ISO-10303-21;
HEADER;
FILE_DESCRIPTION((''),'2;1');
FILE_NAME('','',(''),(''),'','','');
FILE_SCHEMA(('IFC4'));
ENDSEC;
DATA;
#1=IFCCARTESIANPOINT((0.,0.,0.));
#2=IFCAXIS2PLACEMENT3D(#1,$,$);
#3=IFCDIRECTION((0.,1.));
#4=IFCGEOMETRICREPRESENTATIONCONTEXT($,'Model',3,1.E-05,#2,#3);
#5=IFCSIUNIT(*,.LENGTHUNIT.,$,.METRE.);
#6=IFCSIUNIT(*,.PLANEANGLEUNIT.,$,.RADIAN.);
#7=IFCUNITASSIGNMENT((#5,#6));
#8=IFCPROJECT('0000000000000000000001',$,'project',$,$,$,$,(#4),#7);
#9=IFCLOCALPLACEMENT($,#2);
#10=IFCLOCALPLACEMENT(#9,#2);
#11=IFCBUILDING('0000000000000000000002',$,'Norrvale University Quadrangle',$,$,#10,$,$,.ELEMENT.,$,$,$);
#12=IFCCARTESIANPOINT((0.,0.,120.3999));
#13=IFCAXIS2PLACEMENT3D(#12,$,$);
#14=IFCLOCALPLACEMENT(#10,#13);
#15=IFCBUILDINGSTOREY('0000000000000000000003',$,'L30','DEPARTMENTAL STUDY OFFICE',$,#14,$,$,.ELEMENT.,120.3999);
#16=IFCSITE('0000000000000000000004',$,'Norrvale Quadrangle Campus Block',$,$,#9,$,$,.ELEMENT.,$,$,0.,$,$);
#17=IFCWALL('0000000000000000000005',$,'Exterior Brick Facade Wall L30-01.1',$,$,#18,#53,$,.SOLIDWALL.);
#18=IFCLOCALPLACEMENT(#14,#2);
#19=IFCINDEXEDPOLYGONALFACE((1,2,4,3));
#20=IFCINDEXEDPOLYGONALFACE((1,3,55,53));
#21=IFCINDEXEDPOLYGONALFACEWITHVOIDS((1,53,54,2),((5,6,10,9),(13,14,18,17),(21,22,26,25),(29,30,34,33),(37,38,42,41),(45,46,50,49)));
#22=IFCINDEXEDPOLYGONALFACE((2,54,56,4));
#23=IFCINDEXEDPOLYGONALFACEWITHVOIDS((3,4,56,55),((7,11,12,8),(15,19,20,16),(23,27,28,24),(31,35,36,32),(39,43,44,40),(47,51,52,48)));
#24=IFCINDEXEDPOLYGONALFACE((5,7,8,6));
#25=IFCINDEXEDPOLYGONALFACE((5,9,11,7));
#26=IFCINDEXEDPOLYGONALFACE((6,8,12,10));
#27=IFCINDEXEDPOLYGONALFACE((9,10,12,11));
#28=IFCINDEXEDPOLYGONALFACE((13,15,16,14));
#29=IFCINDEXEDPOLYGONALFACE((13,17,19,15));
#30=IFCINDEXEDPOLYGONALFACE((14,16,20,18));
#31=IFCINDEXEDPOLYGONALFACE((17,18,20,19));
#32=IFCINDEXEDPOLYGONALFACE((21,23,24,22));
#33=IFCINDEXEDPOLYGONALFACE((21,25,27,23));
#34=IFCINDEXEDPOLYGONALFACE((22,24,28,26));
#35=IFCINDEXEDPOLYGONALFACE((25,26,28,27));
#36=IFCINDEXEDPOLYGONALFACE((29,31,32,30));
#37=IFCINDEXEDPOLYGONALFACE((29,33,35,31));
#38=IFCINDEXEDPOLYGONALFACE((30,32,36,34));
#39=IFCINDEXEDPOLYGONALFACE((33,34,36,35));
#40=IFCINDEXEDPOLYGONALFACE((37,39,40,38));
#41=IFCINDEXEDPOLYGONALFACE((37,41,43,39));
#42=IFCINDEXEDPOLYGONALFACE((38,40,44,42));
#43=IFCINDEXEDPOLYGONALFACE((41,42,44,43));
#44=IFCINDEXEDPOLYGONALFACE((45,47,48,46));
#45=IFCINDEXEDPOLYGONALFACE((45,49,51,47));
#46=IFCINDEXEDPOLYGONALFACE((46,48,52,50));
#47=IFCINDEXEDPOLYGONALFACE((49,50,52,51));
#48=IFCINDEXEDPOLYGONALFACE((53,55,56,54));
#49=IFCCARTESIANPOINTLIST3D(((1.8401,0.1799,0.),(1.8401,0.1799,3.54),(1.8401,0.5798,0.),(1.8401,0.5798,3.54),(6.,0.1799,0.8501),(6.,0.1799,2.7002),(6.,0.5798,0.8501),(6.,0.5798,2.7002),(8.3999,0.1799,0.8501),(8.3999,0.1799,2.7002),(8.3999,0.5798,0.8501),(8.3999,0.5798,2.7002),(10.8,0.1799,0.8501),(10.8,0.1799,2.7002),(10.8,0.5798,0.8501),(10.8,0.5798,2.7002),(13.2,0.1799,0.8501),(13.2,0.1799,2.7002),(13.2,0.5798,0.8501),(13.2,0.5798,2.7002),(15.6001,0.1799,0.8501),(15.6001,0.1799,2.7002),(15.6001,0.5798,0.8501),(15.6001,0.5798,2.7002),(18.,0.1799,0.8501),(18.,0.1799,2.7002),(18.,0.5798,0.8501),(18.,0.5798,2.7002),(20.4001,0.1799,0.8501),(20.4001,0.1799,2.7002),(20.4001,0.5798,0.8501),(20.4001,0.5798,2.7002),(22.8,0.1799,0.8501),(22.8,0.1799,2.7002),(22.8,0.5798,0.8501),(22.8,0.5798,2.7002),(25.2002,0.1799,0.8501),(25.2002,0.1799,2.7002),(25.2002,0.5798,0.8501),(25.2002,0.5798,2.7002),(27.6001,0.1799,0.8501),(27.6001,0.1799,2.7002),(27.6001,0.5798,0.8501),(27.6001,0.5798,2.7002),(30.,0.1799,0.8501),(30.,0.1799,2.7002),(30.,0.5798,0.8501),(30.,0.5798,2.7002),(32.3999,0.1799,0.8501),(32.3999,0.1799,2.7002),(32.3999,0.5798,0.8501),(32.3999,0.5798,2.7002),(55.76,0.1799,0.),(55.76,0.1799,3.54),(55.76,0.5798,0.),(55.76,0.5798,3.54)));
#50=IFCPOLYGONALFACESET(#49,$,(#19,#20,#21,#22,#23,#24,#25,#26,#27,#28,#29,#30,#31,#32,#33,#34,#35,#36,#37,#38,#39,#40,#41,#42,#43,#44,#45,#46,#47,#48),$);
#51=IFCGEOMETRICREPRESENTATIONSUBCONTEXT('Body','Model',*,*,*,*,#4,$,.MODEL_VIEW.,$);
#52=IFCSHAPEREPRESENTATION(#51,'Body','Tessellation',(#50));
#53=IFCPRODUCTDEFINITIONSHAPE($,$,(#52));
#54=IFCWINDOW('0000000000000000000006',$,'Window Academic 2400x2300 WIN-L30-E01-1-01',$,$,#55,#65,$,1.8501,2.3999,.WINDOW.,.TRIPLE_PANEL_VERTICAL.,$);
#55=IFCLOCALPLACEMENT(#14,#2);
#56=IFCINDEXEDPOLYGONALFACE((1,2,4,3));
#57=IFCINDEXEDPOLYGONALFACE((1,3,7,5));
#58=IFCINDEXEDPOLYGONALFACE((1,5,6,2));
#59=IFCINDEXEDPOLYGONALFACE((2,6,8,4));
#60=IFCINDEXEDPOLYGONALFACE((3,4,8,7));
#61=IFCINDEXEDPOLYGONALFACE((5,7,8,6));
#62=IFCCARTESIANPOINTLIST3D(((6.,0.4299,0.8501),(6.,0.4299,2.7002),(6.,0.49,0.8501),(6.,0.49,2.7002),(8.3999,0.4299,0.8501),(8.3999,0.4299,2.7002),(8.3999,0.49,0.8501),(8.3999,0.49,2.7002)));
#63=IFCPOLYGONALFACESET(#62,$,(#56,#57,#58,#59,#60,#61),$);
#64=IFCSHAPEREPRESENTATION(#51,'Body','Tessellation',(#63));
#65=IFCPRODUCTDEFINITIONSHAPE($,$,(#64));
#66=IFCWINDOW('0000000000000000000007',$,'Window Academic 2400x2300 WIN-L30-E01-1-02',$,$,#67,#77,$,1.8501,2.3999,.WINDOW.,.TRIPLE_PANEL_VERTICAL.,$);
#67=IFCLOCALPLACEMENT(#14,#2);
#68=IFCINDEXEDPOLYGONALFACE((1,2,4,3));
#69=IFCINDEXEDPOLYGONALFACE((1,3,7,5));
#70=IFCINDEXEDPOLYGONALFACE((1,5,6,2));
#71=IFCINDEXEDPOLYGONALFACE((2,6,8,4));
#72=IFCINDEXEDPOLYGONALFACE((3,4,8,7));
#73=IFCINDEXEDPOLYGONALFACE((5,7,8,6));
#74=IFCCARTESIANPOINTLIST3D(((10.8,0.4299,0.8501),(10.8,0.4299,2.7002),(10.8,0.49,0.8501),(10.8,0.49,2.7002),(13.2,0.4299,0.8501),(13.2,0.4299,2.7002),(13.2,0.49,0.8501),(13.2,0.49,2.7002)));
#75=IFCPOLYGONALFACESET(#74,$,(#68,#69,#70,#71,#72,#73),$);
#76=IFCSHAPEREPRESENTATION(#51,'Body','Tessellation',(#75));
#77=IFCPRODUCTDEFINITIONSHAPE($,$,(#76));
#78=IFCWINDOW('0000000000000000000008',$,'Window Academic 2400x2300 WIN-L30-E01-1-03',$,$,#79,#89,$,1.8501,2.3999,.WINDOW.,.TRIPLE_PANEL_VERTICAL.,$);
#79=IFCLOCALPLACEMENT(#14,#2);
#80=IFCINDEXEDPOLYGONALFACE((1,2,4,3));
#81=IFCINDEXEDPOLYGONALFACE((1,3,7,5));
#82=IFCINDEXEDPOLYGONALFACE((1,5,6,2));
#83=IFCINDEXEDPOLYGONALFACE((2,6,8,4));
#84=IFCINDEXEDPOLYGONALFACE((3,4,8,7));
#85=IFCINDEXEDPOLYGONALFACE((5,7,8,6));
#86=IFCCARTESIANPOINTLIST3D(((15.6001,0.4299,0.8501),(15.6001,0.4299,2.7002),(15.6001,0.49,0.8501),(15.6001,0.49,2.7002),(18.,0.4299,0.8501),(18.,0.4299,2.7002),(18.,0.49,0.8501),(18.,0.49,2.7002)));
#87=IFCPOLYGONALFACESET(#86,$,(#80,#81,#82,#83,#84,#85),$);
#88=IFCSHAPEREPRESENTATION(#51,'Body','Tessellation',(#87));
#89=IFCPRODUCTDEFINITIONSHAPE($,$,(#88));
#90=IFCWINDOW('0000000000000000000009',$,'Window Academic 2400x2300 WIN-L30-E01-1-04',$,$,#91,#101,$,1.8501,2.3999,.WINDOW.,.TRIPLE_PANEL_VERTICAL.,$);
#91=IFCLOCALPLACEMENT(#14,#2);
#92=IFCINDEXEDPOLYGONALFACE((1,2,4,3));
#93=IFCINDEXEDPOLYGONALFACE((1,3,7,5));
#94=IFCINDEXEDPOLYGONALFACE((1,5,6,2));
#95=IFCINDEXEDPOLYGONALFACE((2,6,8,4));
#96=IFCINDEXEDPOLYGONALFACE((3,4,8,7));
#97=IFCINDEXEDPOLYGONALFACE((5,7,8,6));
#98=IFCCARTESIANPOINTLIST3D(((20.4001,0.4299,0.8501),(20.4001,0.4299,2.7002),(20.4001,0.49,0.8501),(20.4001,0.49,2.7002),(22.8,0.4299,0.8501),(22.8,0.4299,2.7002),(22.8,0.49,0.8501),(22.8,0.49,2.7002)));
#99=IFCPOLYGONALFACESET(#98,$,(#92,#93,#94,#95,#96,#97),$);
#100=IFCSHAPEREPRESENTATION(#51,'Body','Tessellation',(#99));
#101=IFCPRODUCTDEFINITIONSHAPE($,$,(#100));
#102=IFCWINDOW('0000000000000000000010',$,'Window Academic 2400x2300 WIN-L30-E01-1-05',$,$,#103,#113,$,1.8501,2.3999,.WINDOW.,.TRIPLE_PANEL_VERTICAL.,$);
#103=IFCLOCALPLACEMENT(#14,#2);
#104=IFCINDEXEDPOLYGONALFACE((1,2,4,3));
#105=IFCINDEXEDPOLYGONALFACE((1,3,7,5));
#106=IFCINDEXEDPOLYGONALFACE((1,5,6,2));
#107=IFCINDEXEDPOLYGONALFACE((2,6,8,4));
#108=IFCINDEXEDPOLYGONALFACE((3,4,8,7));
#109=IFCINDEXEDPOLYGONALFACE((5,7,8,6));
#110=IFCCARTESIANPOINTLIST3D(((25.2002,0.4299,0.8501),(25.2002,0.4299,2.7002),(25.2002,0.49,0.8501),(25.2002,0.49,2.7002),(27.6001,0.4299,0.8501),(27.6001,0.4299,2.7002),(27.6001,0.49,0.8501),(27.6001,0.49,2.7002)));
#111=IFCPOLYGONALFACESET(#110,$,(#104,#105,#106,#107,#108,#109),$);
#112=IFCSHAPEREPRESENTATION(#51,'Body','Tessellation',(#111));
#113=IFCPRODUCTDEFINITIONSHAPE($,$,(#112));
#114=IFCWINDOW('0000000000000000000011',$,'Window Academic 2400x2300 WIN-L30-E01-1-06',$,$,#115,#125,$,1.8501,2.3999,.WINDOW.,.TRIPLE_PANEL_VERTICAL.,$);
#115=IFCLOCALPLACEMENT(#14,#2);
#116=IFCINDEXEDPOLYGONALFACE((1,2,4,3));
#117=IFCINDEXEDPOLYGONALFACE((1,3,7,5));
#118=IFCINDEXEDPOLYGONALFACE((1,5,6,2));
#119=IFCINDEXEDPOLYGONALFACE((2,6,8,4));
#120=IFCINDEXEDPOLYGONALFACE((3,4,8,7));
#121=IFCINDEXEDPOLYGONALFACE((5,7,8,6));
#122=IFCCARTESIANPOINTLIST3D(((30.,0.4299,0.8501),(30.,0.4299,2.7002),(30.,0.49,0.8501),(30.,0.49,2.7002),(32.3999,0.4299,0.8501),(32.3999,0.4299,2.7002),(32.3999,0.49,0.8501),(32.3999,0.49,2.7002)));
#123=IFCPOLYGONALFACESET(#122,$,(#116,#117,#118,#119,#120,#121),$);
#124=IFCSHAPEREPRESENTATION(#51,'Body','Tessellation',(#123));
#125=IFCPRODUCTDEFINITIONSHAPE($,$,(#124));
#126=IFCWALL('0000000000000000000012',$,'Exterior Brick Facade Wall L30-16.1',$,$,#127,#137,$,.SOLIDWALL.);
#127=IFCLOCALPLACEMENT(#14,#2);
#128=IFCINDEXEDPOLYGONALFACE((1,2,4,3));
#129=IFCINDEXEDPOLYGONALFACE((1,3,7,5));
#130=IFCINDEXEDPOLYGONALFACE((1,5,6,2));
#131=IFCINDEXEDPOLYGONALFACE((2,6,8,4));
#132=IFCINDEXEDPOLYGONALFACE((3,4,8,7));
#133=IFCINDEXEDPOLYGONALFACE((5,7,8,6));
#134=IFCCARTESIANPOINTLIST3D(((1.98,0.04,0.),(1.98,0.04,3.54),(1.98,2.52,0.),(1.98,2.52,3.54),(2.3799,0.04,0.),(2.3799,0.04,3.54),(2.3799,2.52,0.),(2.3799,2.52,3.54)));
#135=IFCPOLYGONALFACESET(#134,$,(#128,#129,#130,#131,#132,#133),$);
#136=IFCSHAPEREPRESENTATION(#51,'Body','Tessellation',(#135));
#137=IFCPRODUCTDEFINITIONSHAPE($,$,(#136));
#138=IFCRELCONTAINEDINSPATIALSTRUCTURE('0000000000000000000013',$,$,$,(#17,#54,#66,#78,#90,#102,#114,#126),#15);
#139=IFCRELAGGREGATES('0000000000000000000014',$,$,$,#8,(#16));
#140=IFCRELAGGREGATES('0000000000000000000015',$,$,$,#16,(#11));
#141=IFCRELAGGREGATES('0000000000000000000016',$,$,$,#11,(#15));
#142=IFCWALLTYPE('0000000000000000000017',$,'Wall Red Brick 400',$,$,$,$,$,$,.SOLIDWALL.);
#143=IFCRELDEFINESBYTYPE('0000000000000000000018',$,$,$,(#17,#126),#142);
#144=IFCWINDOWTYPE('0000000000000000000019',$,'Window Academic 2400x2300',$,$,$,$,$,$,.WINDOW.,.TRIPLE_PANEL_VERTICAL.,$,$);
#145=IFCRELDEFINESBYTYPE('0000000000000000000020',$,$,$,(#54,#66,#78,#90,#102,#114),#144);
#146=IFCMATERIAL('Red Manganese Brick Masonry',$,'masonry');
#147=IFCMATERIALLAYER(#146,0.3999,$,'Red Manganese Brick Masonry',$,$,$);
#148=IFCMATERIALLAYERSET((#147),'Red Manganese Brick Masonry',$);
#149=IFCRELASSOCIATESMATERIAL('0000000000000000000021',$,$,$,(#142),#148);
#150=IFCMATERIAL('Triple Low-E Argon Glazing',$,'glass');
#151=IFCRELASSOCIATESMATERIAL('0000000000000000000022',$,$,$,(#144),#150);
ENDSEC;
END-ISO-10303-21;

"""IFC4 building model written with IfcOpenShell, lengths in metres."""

from ifc_helpers import new_model, si_unit, direction, frame, frame_2d, origin, place, context, subcontext, project, spatial, rectangle, extrude, material, layer, layer_set, type_object, element, fill, save


model = new_model("IFC4")

# Units and contexts
model_context = context("Model", 3, precision=1e-05, world=origin(), true_north=direction((0.0, 1.0)))
body_context = subcontext(model_context, "Body", "Model", "MODEL_VIEW")
ifc_project = project(units=[si_unit("LENGTHUNIT", "METRE"), si_unit("PLANEANGLEUNIT", "RADIAN")], contexts=[model_context])

# Site, building, storey
site_placement = place(None, origin())
site = spatial("IfcSite", under=ifc_project, at=site_placement, Name="Norrvale Quadrangle Campus Block", CompositionType="ELEMENT", RefElevation=0.0)
building_placement = place(site_placement, origin())
building = spatial("IfcBuilding", under=site, at=building_placement, Name="Norrvale University Quadrangle", CompositionType="ELEMENT")
storey_placement = place(building_placement, frame((0.0, 0.0, 120.3999)))
storey = spatial("IfcBuildingStorey", under=building, at=storey_placement, Name="L30", Description="DEPARTMENTAL STUDY OFFICE", CompositionType="ELEMENT", Elevation=120.3999)

# Wall, openings, windows
ifc_material_1 = material(Name="Red Manganese Brick Masonry", Category="masonry")
ifc_layer_1 = layer(ifc_material_1, 0.3999, Name="Red Manganese Brick Masonry")
ifc_layer_set_1 = layer_set([ifc_layer_1], Name="Red Manganese Brick Masonry")
wall_type_1 = type_object("IfcWallType", Name="Wall Red Brick 400", PredefinedType="SOLIDWALL", material=ifc_layer_set_1)
wall_1_placement = place(storey_placement, frame((1.8401, 0.3799, 0.0), z_axis=(0.0, 0.0, 1.0), x_axis=(1.0, 0.0, 0.0)))
wall_1 = element("IfcWall", 1, at=wall_1_placement, inside=storey, type_object=wall_type_1, Name="Exterior Brick Facade Wall L30-01.1", PredefinedType="SOLIDWALL", context=body_context, shape_type="SweptSolid", body=[
    extrude(rectangle(XDim=53.9199, YDim=0.3999, at=frame_2d((26.96, 0.0))), origin(), (0.0, 0.0, 1.0), 3.54),
])
opening_1_placement = place(wall_1_placement, frame((4.1599, 0.0, 0.8501)))
opening_1 = element("IfcOpeningElement", 2, at=opening_1_placement, cuts=wall_1, PredefinedType="OPENING", context=body_context, shape_type="SweptSolid", body=[
    extrude(rectangle(XDim=2.3999, YDim=1.8501, at=frame_2d((1.2, 0.925))), frame((0.0, 0.2119, 0.0), z_axis=(0.0, -1.0, 0.0), x_axis=(1.0, 0.0, 0.0)), (0.0, 0.0, 1.0), 0.4238),
])
opening_2_placement = place(wall_1_placement, frame((8.96, 0.0, 0.8501)))
opening_2 = element("IfcOpeningElement", 3, at=opening_2_placement, cuts=wall_1, PredefinedType="OPENING", context=body_context, shape_type="SweptSolid", body=[
    extrude(rectangle(XDim=2.3999, YDim=1.8501, at=frame_2d((1.2, 0.925))), frame((0.0, 0.2119, 0.0), z_axis=(0.0, -1.0, 0.0), x_axis=(1.0, 0.0, 0.0)), (0.0, 0.0, 1.0), 0.4238),
])
opening_3_placement = place(wall_1_placement, frame((13.76, 0.0, 0.8501)))
opening_3 = element("IfcOpeningElement", 4, at=opening_3_placement, cuts=wall_1, PredefinedType="OPENING", context=body_context, shape_type="SweptSolid", body=[
    extrude(rectangle(XDim=2.3999, YDim=1.8501, at=frame_2d((1.2, 0.925))), frame((0.0, 0.2119, 0.0), z_axis=(0.0, -1.0, 0.0), x_axis=(1.0, 0.0, 0.0)), (0.0, 0.0, 1.0), 0.4238),
])
opening_4_placement = place(wall_1_placement, frame((18.5601, 0.0, 0.8501)))
opening_4 = element("IfcOpeningElement", 5, at=opening_4_placement, cuts=wall_1, PredefinedType="OPENING", context=body_context, shape_type="SweptSolid", body=[
    extrude(rectangle(XDim=2.3999, YDim=1.8501, at=frame_2d((1.2, 0.925))), frame((0.0, 0.2119, 0.0), z_axis=(0.0, -1.0, 0.0), x_axis=(1.0, 0.0, 0.0)), (0.0, 0.0, 1.0), 0.4238),
])
opening_5_placement = place(wall_1_placement, frame((23.3601, 0.0, 0.8501)))
opening_5 = element("IfcOpeningElement", 6, at=opening_5_placement, cuts=wall_1, PredefinedType="OPENING", context=body_context, shape_type="SweptSolid", body=[
    extrude(rectangle(XDim=2.3999, YDim=1.8501, at=frame_2d((1.2, 0.925))), frame((0.0, 0.2119, 0.0), z_axis=(0.0, -1.0, 0.0), x_axis=(1.0, 0.0, 0.0)), (0.0, 0.0, 1.0), 0.4238),
])
opening_6_placement = place(wall_1_placement, frame((28.1599, 0.0, 0.8501)))
opening_6 = element("IfcOpeningElement", 7, at=opening_6_placement, cuts=wall_1, PredefinedType="OPENING", context=body_context, shape_type="SweptSolid", body=[
    extrude(rectangle(XDim=2.3999, YDim=1.8501, at=frame_2d((1.2, 0.925))), frame((0.0, 0.2119, 0.0), z_axis=(0.0, -1.0, 0.0), x_axis=(1.0, 0.0, 0.0)), (0.0, 0.0, 1.0), 0.4238),
])
ifc_material_2 = material(Name="Triple Low-E Argon Glazing", Category="glass")
window_type = type_object("IfcWindowType", Name="Window Academic 2400x2300", PartitioningType="TRIPLE_PANEL_VERTICAL", PredefinedType="WINDOW", material=ifc_material_2)
window_1_placement = place(opening_1_placement, origin())
window_1 = element("IfcWindow", 8, at=window_1_placement, inside=storey, type_object=window_type, Name="Window Academic 2400x2300 WIN-L30-E01-1-01", OverallHeight=1.8501, OverallWidth=2.3999, PartitioningType="TRIPLE_PANEL_VERTICAL", PredefinedType="WINDOW", context=body_context, shape_type="SweptSolid", body=[
    extrude(rectangle(XDim=2.3999, YDim=1.8501, at=frame_2d((1.2, 0.925))), frame((0.0, 0.1101, 0.0), z_axis=(0.0, -1.0, 0.0), x_axis=(1.0, 0.0, 0.0)), (0.0, 0.0, 1.0), 0.0601),
])
fill(opening_1, window_1)
window_2_placement = place(opening_2_placement, origin())
window_2 = element("IfcWindow", 9, at=window_2_placement, inside=storey, type_object=window_type, Name="Window Academic 2400x2300 WIN-L30-E01-1-02", OverallHeight=1.8501, OverallWidth=2.3999, PartitioningType="TRIPLE_PANEL_VERTICAL", PredefinedType="WINDOW", context=body_context, shape_type="SweptSolid", body=[
    extrude(rectangle(XDim=2.3999, YDim=1.8501, at=frame_2d((1.2, 0.925))), frame((0.0, 0.1101, 0.0), z_axis=(0.0, -1.0, 0.0), x_axis=(1.0, 0.0, 0.0)), (0.0, 0.0, 1.0), 0.0601),
])
fill(opening_2, window_2)
window_3_placement = place(opening_3_placement, origin())
window_3 = element("IfcWindow", 10, at=window_3_placement, inside=storey, type_object=window_type, Name="Window Academic 2400x2300 WIN-L30-E01-1-03", OverallHeight=1.8501, OverallWidth=2.3999, PartitioningType="TRIPLE_PANEL_VERTICAL", PredefinedType="WINDOW", context=body_context, shape_type="SweptSolid", body=[
    extrude(rectangle(XDim=2.3999, YDim=1.8501, at=frame_2d((1.2, 0.925))), frame((0.0, 0.1101, 0.0), z_axis=(0.0, -1.0, 0.0), x_axis=(1.0, 0.0, 0.0)), (0.0, 0.0, 1.0), 0.0601),
])
fill(opening_3, window_3)
window_4_placement = place(opening_4_placement, origin())
window_4 = element("IfcWindow", 11, at=window_4_placement, inside=storey, type_object=window_type, Name="Window Academic 2400x2300 WIN-L30-E01-1-04", OverallHeight=1.8501, OverallWidth=2.3999, PartitioningType="TRIPLE_PANEL_VERTICAL", PredefinedType="WINDOW", context=body_context, shape_type="SweptSolid", body=[
    extrude(rectangle(XDim=2.3999, YDim=1.8501, at=frame_2d((1.2, 0.925))), frame((0.0, 0.1101, 0.0), z_axis=(0.0, -1.0, 0.0), x_axis=(1.0, 0.0, 0.0)), (0.0, 0.0, 1.0), 0.0601),
])
fill(opening_4, window_4)
window_5_placement = place(opening_5_placement, origin())
window_5 = element("IfcWindow", 12, at=window_5_placement, inside=storey, type_object=window_type, Name="Window Academic 2400x2300 WIN-L30-E01-1-05", OverallHeight=1.8501, OverallWidth=2.3999, PartitioningType="TRIPLE_PANEL_VERTICAL", PredefinedType="WINDOW", context=body_context, shape_type="SweptSolid", body=[
    extrude(rectangle(XDim=2.3999, YDim=1.8501, at=frame_2d((1.2, 0.925))), frame((0.0, 0.1101, 0.0), z_axis=(0.0, -1.0, 0.0), x_axis=(1.0, 0.0, 0.0)), (0.0, 0.0, 1.0), 0.0601),
])
fill(opening_5, window_5)
window_6_placement = place(opening_6_placement, origin())
window_6 = element("IfcWindow", 13, at=window_6_placement, inside=storey, type_object=window_type, Name="Window Academic 2400x2300 WIN-L30-E01-1-06", OverallHeight=1.8501, OverallWidth=2.3999, PartitioningType="TRIPLE_PANEL_VERTICAL", PredefinedType="WINDOW", context=body_context, shape_type="SweptSolid", body=[
    extrude(rectangle(XDim=2.3999, YDim=1.8501, at=frame_2d((1.2, 0.925))), frame((0.0, 0.1101, 0.0), z_axis=(0.0, -1.0, 0.0), x_axis=(1.0, 0.0, 0.0)), (0.0, 0.0, 1.0), 0.0601),
])
fill(opening_6, window_6)

# Wall
wall_2_placement = place(storey_placement, frame((2.1799, 2.52, 0.0), z_axis=(0.0, 0.0, 1.0), x_axis=(0.0, -1.0, 0.0)))
element("IfcWall", 14, at=wall_2_placement, inside=storey, type_object=wall_type_1, Name="Exterior Brick Facade Wall L30-16.1", PredefinedType="SOLIDWALL", context=body_context, shape_type="SweptSolid", body=[
    extrude(rectangle(XDim=2.48, YDim=0.3999, at=frame_2d((1.24, 0.0))), origin(), (0.0, 0.0, 1.0), 3.54),
])

save(model, "model.ifc")
